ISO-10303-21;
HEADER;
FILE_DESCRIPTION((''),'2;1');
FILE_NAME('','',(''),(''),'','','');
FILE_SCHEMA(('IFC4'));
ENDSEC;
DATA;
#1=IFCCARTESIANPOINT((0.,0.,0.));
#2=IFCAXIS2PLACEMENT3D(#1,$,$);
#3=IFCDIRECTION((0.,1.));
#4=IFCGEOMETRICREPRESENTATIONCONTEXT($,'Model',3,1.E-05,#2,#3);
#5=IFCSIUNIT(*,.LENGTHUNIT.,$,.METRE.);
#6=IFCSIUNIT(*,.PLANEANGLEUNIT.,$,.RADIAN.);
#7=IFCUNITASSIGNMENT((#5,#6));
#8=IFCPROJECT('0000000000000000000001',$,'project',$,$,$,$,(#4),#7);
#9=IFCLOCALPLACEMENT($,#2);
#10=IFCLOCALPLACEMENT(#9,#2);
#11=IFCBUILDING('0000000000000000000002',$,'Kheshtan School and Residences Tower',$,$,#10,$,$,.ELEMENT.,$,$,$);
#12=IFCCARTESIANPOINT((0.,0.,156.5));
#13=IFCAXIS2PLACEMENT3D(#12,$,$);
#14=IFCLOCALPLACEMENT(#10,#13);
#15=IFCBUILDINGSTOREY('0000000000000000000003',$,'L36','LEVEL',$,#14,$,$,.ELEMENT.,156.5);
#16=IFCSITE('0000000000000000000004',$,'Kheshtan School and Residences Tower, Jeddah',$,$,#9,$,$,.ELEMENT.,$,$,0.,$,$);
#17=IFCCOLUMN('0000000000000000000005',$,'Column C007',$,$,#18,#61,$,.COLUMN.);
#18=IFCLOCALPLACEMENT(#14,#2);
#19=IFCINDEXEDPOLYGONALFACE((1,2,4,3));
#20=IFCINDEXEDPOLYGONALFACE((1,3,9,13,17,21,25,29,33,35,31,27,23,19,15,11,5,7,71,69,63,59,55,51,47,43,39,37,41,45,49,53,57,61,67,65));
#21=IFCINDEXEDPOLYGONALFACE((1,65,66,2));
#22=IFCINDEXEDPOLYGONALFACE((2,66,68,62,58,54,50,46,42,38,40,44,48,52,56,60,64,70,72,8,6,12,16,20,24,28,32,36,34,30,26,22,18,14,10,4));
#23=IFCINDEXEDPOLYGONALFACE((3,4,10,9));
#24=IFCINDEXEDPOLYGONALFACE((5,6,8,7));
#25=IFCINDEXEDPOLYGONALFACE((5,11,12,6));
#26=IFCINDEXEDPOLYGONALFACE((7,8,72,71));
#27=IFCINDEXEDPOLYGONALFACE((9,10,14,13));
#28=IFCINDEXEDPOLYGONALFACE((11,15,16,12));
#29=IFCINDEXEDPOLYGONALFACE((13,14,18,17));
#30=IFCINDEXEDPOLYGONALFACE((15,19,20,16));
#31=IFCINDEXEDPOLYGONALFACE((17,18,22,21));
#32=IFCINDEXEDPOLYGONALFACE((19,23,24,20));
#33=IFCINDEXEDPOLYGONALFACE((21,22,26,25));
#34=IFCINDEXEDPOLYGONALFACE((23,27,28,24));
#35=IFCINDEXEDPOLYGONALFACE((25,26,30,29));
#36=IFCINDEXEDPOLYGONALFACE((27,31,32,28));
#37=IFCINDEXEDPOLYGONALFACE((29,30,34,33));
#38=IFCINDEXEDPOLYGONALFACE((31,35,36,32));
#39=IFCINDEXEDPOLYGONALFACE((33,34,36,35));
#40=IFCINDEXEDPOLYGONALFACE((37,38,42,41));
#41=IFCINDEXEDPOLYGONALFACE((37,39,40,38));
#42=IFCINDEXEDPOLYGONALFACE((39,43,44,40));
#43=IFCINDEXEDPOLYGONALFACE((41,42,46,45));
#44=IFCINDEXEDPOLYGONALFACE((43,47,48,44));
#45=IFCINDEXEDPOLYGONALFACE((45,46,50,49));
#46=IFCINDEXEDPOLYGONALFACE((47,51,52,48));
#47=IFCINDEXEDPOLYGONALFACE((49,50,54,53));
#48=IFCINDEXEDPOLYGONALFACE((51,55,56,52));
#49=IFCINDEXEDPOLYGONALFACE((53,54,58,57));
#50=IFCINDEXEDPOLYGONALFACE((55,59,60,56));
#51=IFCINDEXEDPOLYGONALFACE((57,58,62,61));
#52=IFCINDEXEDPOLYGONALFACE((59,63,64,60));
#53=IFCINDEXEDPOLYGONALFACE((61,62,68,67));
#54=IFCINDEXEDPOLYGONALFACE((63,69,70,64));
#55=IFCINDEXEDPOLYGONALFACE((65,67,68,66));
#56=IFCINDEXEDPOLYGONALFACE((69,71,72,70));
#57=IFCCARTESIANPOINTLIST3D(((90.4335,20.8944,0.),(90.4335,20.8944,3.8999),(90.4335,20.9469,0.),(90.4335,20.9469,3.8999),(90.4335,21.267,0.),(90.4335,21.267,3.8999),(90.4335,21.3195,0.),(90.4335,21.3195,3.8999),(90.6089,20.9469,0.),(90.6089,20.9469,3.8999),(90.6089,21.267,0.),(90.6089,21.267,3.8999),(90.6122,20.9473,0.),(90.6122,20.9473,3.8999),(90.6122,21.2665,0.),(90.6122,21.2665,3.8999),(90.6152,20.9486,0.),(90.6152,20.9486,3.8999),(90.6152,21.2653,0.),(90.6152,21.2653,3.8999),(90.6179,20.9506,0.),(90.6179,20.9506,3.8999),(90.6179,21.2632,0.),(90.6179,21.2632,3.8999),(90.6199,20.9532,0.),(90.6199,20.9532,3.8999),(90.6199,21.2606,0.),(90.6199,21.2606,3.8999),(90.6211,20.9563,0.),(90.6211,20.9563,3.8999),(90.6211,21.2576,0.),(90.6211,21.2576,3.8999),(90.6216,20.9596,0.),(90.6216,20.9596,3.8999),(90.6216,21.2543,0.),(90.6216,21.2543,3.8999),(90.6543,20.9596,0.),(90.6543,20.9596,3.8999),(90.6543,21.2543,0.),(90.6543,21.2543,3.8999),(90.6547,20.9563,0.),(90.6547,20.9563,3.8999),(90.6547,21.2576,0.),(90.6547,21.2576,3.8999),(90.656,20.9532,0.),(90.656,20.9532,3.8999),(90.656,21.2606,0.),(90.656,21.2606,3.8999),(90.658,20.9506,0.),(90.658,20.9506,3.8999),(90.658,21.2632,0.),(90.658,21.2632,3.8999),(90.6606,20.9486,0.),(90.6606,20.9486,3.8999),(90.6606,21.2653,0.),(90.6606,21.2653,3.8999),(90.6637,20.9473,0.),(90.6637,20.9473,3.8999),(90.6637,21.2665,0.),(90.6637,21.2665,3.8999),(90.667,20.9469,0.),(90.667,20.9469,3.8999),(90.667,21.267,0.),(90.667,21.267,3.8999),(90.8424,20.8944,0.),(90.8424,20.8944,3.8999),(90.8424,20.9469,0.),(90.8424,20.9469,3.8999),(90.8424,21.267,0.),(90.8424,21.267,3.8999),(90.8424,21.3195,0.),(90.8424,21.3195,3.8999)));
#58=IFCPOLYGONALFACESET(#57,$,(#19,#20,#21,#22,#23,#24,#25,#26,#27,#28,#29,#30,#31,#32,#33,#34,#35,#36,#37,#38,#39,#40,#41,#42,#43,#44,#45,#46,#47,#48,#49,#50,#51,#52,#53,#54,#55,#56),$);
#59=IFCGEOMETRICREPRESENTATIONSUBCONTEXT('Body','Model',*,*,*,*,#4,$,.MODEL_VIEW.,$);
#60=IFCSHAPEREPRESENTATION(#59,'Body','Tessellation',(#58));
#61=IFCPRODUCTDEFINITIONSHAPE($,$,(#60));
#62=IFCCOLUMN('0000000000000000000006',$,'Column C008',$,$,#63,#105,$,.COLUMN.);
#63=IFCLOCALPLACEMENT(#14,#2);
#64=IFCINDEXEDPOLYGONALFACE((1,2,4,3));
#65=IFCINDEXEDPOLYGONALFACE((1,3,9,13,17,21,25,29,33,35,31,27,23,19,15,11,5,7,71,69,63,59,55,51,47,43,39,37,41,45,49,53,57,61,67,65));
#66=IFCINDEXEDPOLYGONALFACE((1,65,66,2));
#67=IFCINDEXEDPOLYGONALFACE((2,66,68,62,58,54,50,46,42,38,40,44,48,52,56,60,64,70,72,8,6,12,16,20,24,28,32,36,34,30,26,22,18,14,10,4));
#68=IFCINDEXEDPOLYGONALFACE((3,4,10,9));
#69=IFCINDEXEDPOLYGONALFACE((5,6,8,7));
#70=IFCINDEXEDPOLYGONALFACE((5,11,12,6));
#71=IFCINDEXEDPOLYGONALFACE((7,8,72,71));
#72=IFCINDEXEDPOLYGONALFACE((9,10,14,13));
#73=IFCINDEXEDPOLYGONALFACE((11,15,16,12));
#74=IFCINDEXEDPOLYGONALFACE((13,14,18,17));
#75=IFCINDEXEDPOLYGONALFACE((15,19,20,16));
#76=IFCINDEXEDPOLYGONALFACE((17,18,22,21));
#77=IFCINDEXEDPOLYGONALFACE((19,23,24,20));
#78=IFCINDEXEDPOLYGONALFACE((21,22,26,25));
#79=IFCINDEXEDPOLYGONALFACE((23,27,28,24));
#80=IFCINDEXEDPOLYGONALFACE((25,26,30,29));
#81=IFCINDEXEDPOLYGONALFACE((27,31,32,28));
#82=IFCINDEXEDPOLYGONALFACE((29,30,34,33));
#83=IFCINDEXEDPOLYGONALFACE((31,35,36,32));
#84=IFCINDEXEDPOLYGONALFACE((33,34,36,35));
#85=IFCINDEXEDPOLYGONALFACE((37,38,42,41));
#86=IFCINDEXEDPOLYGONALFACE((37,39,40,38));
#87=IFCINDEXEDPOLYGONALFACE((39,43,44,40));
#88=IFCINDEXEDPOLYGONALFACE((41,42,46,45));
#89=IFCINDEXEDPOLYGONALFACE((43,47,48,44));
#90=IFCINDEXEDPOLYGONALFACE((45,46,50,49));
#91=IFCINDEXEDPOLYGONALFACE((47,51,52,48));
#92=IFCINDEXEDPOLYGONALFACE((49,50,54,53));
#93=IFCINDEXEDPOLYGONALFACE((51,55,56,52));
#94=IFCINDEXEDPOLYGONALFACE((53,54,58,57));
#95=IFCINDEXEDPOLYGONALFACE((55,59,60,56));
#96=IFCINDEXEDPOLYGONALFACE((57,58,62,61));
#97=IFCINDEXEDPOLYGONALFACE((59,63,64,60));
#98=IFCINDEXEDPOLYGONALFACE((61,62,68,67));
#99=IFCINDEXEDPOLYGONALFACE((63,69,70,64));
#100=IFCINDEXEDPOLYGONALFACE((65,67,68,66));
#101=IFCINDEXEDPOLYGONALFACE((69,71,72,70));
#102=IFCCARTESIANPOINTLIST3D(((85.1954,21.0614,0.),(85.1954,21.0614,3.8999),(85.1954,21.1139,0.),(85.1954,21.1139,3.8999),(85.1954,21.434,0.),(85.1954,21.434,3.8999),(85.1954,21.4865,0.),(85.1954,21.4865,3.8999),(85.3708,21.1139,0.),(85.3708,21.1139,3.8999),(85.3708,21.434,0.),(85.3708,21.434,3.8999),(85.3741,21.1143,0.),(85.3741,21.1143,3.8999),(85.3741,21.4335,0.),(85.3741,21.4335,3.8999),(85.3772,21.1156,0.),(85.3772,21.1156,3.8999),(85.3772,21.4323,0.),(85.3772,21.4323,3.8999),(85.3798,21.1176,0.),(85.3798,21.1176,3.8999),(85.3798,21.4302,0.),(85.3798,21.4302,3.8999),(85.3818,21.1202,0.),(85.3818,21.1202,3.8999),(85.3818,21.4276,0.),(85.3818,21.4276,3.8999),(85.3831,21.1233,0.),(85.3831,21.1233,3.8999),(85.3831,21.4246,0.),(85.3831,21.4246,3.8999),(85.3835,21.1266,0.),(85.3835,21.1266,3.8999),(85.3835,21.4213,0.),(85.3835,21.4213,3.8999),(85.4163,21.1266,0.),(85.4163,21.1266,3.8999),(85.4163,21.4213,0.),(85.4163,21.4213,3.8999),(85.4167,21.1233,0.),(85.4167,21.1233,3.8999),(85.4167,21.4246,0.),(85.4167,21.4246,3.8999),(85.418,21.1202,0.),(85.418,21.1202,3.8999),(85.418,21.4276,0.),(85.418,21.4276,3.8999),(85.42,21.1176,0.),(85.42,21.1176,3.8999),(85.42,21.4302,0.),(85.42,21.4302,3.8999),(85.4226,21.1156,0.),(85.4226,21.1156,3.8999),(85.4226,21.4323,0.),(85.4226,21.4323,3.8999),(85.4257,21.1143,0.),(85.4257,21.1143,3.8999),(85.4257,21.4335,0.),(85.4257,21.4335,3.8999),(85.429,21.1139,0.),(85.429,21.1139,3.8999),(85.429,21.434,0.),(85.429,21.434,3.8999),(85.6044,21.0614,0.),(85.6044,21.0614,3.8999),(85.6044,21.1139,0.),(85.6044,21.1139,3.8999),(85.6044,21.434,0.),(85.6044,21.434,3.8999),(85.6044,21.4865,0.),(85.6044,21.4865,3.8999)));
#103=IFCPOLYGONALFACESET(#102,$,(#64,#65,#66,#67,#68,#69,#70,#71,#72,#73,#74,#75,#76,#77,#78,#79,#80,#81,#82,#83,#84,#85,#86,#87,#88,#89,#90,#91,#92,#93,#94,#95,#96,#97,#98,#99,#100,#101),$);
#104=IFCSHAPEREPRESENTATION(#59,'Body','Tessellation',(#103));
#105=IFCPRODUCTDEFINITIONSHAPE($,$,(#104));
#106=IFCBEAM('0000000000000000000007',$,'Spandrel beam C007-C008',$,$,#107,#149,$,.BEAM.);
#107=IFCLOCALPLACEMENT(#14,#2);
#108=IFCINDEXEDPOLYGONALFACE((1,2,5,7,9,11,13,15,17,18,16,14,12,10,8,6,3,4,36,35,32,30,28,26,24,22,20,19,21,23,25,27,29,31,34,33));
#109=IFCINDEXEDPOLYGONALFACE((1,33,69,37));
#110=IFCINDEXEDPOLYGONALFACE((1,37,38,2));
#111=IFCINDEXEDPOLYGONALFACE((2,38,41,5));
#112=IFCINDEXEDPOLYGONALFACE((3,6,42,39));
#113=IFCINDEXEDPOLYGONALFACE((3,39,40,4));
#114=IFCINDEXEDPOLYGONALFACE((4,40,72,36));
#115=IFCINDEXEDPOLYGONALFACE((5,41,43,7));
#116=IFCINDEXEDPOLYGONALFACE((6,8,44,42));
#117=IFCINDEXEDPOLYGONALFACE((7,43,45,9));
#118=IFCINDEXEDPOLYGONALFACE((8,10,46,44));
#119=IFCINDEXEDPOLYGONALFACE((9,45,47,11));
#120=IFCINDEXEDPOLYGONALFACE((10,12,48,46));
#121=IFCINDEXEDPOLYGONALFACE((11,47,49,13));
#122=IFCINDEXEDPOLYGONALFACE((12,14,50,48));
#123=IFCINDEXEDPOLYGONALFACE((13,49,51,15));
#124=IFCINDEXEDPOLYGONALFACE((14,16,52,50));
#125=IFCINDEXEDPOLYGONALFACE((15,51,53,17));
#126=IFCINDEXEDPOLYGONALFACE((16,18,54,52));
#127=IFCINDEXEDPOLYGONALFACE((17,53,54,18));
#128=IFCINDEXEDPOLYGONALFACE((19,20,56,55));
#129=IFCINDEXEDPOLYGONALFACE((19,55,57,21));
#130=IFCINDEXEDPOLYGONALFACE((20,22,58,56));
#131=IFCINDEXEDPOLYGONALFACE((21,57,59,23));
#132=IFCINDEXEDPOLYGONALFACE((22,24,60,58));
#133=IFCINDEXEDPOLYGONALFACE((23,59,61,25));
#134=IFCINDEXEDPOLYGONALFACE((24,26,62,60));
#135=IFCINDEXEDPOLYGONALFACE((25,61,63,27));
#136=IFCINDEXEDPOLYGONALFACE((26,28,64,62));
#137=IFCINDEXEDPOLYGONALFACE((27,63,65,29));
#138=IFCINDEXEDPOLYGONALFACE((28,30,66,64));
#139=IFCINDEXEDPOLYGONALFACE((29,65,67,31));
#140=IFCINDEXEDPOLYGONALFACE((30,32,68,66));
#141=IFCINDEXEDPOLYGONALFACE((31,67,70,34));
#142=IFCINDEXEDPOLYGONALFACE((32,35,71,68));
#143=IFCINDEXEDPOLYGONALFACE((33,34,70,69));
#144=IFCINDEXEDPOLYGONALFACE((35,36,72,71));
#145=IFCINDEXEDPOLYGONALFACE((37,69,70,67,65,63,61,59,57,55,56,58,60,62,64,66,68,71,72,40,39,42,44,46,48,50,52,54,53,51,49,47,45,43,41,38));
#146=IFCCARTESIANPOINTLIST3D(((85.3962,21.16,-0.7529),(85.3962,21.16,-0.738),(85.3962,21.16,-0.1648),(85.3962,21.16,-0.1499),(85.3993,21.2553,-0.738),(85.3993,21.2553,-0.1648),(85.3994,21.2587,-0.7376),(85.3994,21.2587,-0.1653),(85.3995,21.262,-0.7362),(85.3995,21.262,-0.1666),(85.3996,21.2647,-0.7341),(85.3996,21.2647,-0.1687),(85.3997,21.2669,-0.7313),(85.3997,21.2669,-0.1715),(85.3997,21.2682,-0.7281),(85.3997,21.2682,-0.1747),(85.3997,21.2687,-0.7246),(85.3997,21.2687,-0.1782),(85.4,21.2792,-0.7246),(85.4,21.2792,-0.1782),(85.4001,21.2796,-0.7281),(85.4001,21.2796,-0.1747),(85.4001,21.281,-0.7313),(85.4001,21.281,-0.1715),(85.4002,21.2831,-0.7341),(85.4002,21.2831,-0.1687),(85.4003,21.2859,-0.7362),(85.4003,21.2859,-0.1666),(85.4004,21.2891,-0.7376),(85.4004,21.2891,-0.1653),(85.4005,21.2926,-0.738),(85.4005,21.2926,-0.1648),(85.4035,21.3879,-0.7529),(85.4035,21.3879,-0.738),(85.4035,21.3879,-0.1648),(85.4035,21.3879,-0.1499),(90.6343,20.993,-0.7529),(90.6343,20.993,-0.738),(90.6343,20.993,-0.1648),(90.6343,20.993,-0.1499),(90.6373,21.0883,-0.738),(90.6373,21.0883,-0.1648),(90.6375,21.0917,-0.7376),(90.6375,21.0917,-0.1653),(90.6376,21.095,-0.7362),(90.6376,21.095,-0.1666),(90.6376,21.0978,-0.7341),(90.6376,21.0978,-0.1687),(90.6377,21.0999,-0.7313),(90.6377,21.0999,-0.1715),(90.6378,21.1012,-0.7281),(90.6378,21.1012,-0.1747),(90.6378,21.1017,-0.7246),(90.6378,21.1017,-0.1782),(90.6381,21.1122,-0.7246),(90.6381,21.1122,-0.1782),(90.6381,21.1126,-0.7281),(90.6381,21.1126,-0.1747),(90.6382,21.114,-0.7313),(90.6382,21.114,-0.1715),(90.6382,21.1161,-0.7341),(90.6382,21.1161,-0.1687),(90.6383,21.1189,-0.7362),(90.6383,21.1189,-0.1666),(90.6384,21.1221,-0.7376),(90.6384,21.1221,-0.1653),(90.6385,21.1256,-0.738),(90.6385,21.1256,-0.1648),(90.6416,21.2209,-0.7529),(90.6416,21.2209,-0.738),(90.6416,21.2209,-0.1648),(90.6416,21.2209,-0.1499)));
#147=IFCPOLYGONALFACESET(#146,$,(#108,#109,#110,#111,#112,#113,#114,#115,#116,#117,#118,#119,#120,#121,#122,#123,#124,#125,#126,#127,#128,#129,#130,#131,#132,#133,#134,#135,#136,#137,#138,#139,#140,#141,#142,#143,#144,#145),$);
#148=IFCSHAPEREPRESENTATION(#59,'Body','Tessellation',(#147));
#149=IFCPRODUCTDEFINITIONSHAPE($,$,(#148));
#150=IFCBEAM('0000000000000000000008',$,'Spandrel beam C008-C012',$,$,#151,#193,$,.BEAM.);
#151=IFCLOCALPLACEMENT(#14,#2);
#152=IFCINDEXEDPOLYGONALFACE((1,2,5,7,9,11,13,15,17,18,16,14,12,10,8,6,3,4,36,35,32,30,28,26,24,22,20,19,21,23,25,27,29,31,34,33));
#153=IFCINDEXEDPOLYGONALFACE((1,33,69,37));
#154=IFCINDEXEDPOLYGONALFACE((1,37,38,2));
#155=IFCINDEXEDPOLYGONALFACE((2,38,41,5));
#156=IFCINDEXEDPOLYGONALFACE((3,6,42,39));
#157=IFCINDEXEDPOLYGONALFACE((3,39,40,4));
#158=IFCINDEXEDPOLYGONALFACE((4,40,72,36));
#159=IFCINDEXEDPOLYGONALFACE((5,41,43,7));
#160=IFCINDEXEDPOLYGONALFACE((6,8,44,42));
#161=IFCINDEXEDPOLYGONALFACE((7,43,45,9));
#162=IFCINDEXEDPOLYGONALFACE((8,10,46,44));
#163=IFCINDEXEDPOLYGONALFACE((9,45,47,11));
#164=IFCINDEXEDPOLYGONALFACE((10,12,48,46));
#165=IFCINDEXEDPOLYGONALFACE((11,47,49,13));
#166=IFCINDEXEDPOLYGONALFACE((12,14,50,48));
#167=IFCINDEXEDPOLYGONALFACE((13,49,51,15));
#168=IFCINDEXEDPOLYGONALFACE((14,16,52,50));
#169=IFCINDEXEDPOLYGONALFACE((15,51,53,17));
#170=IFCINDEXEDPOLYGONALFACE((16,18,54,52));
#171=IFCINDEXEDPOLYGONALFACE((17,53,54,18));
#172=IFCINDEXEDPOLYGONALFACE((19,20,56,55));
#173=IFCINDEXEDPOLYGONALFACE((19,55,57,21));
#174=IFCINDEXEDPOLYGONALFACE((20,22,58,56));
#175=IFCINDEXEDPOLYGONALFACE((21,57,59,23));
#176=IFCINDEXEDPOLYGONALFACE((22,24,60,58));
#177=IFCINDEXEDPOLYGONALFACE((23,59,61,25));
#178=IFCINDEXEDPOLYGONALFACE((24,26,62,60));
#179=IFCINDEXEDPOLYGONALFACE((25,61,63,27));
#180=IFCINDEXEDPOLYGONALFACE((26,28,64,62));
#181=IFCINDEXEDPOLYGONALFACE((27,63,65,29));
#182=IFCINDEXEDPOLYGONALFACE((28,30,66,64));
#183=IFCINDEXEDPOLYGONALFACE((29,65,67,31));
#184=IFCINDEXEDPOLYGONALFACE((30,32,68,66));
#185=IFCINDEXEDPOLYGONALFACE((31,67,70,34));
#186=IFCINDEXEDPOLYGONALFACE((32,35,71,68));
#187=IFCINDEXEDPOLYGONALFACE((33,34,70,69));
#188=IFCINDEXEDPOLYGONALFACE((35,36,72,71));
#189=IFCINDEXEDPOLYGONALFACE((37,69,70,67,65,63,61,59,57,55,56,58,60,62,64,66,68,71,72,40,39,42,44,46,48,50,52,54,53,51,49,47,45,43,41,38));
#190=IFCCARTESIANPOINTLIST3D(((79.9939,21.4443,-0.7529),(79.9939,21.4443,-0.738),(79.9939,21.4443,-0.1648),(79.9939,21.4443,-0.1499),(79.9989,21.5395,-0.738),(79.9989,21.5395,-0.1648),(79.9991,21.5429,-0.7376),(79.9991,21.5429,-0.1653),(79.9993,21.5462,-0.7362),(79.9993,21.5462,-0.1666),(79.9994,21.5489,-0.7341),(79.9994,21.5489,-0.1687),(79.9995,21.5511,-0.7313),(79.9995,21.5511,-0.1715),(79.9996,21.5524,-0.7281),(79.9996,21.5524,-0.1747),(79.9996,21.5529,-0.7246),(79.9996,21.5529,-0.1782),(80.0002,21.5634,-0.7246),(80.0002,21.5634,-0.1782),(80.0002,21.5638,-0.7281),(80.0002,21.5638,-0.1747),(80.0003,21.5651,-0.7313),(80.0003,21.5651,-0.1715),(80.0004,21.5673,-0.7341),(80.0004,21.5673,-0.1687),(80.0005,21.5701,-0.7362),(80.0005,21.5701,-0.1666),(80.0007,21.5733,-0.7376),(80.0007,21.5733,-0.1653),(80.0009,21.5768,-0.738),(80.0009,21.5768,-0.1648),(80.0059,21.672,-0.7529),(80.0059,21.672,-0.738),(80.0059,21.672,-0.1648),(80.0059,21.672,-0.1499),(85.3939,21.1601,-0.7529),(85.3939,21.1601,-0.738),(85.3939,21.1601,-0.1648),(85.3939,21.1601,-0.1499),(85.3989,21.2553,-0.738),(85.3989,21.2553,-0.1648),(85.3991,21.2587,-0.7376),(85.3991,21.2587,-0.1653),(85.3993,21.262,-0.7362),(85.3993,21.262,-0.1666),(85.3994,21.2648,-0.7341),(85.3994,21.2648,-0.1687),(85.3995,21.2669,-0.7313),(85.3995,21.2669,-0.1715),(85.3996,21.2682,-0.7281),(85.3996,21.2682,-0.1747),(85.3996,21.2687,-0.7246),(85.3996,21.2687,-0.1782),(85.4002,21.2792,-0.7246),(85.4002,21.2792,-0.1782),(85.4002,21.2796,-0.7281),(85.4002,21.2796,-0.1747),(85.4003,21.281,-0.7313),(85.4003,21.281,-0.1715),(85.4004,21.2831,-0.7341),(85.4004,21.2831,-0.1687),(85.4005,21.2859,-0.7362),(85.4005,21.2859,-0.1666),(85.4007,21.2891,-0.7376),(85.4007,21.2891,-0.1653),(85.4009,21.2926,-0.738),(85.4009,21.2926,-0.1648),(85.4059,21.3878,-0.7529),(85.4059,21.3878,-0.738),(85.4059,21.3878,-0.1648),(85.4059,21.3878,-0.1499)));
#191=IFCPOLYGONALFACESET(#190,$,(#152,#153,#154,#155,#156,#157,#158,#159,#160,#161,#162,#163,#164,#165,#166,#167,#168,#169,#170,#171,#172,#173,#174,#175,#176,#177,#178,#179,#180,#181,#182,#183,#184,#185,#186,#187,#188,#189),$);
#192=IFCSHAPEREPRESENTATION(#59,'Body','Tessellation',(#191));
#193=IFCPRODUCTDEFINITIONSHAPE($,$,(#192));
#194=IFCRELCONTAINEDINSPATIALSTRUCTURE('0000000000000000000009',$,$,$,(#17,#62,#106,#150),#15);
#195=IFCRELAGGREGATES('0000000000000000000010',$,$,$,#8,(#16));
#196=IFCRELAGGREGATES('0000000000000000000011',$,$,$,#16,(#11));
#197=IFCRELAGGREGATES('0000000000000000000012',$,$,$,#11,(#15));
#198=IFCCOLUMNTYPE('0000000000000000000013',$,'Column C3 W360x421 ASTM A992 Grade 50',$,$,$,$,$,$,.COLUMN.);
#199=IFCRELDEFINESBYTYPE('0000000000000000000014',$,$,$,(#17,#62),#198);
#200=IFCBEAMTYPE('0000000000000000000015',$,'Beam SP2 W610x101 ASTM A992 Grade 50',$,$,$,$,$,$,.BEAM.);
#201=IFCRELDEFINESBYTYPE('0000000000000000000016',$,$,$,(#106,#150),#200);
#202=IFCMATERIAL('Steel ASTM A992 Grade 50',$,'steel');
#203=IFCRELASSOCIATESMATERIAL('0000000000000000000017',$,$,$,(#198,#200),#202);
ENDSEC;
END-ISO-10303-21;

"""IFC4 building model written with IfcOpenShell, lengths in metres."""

from ifc_helpers import new_model, si_unit, direction, frame, origin, origin_2d, place, context, subcontext, project, spatial, i_section, extrude, material, material_profile, profile_set, type_object, element, save


model = new_model("IFC4")

# Units and contexts
model_context = context("Model", 3, precision=1e-05, world=origin(), true_north=direction((0.0, 1.0)))
body_context = subcontext(model_context, "Body", "Model", "MODEL_VIEW")
ifc_project = project(units=[si_unit("LENGTHUNIT", "METRE"), si_unit("PLANEANGLEUNIT", "RADIAN")], contexts=[model_context])

# Site, building, storey
site_placement = place(None, origin())
site = spatial("IfcSite", under=ifc_project, at=site_placement, Name="Kheshtan School and Residences Tower, Jeddah", CompositionType="ELEMENT", RefElevation=0.0)
building_placement = place(site_placement, origin())
building = spatial("IfcBuilding", under=site, at=building_placement, Name="Kheshtan School and Residences Tower", CompositionType="ELEMENT")
storey_placement = place(building_placement, frame((0.0, 0.0, 156.5)))
storey = spatial("IfcBuildingStorey", under=building, at=storey_placement, Name="L36", Description="LEVEL", CompositionType="ELEMENT", Elevation=156.5)

# Columns
ifc_material_1 = material(Name="Steel ASTM A992 Grade 50", Category="steel")
ifc_material_profile_1 = material_profile(ifc_material_1, i_section(OverallWidth=0.4089, OverallDepth=0.425, WebThickness=0.0327, FlangeThickness=0.0525, FilletRadius=0.0127, at=origin_2d()), Name="W360x421")
ifc_profile_set_1 = profile_set([ifc_material_profile_1], Name="Steel ASTM A992 Grade 50")
column_type = type_object("IfcColumnType", Name="Column C3 W360x421 ASTM A992 Grade 50", PredefinedType="COLUMN", material=ifc_profile_set_1)
for number, where, z_axis, x_axis, name in (
    (1, (90.6379, 21.1069, 0.0), (0.0, 0.0, 1.0), (1.0, 0.0, 0.0), "Column C007"),
    (2, (85.3999, 21.2739, 0.0), (0.0, 0.0, 1.0), (1.0, 0.0, 0.0), "Column C008"),
):
    element("IfcColumn", number, at=place(storey_placement, frame(where, z_axis=z_axis, x_axis=x_axis)), inside=storey, type_object=column_type, Name=name, PredefinedType="COLUMN", context=body_context, shape_type="SweptSolid", body=[
        extrude(i_section(OverallWidth=0.4089, OverallDepth=0.425, WebThickness=0.0327, FlangeThickness=0.0525, FilletRadius=0.0127, at=origin_2d()), origin(), (0.0, 0.0, 1.0), 3.8999),
    ])

# Beams
ifc_material_profile_2 = material_profile(ifc_material_1, i_section(OverallWidth=0.228, OverallDepth=0.603, WebThickness=0.0105, FlangeThickness=0.0149, FilletRadius=0.0134, at=origin_2d()), Name="W610x101")
ifc_profile_set_2 = profile_set([ifc_material_profile_2], Name="Steel ASTM A992 Grade 50")
beam_type = type_object("IfcBeamType", Name="Beam SP2 W610x101 ASTM A992 Grade 50", PredefinedType="BEAM", material=ifc_profile_set_2)
beam_1_placement = place(storey_placement, frame((90.6379, 21.1069, -0.4514), z_axis=(-0.999492, 0.031864, 0.0), x_axis=(-0.031864, -0.999492, 0.0)))
element("IfcBeam", 3, at=beam_1_placement, inside=storey, type_object=beam_type, Name="Spandrel beam C007-C008", PredefinedType="BEAM", context=body_context, shape_type="SweptSolid", body=[
    extrude(i_section(OverallWidth=0.228, OverallDepth=0.603, WebThickness=0.0105, FlangeThickness=0.0149, FilletRadius=0.0134, at=origin_2d()), origin(), (0.0, 0.0, 1.0), 5.2407),
])
beam_2_placement = place(storey_placement, frame((85.3999, 21.2739, -0.4514), z_axis=(-0.998618, 0.052554, 0.0), x_axis=(-0.052554, -0.998618, 0.0)))
element("IfcBeam", 4, at=beam_2_placement, inside=storey, type_object=beam_type, Name="Spandrel beam C008-C012", PredefinedType="BEAM", context=body_context, shape_type="SweptSolid", body=[
    extrude(i_section(OverallWidth=0.228, OverallDepth=0.603, WebThickness=0.0105, FlangeThickness=0.0149, FilletRadius=0.0134, at=origin_2d()), origin(), (0.0, 0.0, 1.0), 5.4075),
])

save(model, "model.ifc")
